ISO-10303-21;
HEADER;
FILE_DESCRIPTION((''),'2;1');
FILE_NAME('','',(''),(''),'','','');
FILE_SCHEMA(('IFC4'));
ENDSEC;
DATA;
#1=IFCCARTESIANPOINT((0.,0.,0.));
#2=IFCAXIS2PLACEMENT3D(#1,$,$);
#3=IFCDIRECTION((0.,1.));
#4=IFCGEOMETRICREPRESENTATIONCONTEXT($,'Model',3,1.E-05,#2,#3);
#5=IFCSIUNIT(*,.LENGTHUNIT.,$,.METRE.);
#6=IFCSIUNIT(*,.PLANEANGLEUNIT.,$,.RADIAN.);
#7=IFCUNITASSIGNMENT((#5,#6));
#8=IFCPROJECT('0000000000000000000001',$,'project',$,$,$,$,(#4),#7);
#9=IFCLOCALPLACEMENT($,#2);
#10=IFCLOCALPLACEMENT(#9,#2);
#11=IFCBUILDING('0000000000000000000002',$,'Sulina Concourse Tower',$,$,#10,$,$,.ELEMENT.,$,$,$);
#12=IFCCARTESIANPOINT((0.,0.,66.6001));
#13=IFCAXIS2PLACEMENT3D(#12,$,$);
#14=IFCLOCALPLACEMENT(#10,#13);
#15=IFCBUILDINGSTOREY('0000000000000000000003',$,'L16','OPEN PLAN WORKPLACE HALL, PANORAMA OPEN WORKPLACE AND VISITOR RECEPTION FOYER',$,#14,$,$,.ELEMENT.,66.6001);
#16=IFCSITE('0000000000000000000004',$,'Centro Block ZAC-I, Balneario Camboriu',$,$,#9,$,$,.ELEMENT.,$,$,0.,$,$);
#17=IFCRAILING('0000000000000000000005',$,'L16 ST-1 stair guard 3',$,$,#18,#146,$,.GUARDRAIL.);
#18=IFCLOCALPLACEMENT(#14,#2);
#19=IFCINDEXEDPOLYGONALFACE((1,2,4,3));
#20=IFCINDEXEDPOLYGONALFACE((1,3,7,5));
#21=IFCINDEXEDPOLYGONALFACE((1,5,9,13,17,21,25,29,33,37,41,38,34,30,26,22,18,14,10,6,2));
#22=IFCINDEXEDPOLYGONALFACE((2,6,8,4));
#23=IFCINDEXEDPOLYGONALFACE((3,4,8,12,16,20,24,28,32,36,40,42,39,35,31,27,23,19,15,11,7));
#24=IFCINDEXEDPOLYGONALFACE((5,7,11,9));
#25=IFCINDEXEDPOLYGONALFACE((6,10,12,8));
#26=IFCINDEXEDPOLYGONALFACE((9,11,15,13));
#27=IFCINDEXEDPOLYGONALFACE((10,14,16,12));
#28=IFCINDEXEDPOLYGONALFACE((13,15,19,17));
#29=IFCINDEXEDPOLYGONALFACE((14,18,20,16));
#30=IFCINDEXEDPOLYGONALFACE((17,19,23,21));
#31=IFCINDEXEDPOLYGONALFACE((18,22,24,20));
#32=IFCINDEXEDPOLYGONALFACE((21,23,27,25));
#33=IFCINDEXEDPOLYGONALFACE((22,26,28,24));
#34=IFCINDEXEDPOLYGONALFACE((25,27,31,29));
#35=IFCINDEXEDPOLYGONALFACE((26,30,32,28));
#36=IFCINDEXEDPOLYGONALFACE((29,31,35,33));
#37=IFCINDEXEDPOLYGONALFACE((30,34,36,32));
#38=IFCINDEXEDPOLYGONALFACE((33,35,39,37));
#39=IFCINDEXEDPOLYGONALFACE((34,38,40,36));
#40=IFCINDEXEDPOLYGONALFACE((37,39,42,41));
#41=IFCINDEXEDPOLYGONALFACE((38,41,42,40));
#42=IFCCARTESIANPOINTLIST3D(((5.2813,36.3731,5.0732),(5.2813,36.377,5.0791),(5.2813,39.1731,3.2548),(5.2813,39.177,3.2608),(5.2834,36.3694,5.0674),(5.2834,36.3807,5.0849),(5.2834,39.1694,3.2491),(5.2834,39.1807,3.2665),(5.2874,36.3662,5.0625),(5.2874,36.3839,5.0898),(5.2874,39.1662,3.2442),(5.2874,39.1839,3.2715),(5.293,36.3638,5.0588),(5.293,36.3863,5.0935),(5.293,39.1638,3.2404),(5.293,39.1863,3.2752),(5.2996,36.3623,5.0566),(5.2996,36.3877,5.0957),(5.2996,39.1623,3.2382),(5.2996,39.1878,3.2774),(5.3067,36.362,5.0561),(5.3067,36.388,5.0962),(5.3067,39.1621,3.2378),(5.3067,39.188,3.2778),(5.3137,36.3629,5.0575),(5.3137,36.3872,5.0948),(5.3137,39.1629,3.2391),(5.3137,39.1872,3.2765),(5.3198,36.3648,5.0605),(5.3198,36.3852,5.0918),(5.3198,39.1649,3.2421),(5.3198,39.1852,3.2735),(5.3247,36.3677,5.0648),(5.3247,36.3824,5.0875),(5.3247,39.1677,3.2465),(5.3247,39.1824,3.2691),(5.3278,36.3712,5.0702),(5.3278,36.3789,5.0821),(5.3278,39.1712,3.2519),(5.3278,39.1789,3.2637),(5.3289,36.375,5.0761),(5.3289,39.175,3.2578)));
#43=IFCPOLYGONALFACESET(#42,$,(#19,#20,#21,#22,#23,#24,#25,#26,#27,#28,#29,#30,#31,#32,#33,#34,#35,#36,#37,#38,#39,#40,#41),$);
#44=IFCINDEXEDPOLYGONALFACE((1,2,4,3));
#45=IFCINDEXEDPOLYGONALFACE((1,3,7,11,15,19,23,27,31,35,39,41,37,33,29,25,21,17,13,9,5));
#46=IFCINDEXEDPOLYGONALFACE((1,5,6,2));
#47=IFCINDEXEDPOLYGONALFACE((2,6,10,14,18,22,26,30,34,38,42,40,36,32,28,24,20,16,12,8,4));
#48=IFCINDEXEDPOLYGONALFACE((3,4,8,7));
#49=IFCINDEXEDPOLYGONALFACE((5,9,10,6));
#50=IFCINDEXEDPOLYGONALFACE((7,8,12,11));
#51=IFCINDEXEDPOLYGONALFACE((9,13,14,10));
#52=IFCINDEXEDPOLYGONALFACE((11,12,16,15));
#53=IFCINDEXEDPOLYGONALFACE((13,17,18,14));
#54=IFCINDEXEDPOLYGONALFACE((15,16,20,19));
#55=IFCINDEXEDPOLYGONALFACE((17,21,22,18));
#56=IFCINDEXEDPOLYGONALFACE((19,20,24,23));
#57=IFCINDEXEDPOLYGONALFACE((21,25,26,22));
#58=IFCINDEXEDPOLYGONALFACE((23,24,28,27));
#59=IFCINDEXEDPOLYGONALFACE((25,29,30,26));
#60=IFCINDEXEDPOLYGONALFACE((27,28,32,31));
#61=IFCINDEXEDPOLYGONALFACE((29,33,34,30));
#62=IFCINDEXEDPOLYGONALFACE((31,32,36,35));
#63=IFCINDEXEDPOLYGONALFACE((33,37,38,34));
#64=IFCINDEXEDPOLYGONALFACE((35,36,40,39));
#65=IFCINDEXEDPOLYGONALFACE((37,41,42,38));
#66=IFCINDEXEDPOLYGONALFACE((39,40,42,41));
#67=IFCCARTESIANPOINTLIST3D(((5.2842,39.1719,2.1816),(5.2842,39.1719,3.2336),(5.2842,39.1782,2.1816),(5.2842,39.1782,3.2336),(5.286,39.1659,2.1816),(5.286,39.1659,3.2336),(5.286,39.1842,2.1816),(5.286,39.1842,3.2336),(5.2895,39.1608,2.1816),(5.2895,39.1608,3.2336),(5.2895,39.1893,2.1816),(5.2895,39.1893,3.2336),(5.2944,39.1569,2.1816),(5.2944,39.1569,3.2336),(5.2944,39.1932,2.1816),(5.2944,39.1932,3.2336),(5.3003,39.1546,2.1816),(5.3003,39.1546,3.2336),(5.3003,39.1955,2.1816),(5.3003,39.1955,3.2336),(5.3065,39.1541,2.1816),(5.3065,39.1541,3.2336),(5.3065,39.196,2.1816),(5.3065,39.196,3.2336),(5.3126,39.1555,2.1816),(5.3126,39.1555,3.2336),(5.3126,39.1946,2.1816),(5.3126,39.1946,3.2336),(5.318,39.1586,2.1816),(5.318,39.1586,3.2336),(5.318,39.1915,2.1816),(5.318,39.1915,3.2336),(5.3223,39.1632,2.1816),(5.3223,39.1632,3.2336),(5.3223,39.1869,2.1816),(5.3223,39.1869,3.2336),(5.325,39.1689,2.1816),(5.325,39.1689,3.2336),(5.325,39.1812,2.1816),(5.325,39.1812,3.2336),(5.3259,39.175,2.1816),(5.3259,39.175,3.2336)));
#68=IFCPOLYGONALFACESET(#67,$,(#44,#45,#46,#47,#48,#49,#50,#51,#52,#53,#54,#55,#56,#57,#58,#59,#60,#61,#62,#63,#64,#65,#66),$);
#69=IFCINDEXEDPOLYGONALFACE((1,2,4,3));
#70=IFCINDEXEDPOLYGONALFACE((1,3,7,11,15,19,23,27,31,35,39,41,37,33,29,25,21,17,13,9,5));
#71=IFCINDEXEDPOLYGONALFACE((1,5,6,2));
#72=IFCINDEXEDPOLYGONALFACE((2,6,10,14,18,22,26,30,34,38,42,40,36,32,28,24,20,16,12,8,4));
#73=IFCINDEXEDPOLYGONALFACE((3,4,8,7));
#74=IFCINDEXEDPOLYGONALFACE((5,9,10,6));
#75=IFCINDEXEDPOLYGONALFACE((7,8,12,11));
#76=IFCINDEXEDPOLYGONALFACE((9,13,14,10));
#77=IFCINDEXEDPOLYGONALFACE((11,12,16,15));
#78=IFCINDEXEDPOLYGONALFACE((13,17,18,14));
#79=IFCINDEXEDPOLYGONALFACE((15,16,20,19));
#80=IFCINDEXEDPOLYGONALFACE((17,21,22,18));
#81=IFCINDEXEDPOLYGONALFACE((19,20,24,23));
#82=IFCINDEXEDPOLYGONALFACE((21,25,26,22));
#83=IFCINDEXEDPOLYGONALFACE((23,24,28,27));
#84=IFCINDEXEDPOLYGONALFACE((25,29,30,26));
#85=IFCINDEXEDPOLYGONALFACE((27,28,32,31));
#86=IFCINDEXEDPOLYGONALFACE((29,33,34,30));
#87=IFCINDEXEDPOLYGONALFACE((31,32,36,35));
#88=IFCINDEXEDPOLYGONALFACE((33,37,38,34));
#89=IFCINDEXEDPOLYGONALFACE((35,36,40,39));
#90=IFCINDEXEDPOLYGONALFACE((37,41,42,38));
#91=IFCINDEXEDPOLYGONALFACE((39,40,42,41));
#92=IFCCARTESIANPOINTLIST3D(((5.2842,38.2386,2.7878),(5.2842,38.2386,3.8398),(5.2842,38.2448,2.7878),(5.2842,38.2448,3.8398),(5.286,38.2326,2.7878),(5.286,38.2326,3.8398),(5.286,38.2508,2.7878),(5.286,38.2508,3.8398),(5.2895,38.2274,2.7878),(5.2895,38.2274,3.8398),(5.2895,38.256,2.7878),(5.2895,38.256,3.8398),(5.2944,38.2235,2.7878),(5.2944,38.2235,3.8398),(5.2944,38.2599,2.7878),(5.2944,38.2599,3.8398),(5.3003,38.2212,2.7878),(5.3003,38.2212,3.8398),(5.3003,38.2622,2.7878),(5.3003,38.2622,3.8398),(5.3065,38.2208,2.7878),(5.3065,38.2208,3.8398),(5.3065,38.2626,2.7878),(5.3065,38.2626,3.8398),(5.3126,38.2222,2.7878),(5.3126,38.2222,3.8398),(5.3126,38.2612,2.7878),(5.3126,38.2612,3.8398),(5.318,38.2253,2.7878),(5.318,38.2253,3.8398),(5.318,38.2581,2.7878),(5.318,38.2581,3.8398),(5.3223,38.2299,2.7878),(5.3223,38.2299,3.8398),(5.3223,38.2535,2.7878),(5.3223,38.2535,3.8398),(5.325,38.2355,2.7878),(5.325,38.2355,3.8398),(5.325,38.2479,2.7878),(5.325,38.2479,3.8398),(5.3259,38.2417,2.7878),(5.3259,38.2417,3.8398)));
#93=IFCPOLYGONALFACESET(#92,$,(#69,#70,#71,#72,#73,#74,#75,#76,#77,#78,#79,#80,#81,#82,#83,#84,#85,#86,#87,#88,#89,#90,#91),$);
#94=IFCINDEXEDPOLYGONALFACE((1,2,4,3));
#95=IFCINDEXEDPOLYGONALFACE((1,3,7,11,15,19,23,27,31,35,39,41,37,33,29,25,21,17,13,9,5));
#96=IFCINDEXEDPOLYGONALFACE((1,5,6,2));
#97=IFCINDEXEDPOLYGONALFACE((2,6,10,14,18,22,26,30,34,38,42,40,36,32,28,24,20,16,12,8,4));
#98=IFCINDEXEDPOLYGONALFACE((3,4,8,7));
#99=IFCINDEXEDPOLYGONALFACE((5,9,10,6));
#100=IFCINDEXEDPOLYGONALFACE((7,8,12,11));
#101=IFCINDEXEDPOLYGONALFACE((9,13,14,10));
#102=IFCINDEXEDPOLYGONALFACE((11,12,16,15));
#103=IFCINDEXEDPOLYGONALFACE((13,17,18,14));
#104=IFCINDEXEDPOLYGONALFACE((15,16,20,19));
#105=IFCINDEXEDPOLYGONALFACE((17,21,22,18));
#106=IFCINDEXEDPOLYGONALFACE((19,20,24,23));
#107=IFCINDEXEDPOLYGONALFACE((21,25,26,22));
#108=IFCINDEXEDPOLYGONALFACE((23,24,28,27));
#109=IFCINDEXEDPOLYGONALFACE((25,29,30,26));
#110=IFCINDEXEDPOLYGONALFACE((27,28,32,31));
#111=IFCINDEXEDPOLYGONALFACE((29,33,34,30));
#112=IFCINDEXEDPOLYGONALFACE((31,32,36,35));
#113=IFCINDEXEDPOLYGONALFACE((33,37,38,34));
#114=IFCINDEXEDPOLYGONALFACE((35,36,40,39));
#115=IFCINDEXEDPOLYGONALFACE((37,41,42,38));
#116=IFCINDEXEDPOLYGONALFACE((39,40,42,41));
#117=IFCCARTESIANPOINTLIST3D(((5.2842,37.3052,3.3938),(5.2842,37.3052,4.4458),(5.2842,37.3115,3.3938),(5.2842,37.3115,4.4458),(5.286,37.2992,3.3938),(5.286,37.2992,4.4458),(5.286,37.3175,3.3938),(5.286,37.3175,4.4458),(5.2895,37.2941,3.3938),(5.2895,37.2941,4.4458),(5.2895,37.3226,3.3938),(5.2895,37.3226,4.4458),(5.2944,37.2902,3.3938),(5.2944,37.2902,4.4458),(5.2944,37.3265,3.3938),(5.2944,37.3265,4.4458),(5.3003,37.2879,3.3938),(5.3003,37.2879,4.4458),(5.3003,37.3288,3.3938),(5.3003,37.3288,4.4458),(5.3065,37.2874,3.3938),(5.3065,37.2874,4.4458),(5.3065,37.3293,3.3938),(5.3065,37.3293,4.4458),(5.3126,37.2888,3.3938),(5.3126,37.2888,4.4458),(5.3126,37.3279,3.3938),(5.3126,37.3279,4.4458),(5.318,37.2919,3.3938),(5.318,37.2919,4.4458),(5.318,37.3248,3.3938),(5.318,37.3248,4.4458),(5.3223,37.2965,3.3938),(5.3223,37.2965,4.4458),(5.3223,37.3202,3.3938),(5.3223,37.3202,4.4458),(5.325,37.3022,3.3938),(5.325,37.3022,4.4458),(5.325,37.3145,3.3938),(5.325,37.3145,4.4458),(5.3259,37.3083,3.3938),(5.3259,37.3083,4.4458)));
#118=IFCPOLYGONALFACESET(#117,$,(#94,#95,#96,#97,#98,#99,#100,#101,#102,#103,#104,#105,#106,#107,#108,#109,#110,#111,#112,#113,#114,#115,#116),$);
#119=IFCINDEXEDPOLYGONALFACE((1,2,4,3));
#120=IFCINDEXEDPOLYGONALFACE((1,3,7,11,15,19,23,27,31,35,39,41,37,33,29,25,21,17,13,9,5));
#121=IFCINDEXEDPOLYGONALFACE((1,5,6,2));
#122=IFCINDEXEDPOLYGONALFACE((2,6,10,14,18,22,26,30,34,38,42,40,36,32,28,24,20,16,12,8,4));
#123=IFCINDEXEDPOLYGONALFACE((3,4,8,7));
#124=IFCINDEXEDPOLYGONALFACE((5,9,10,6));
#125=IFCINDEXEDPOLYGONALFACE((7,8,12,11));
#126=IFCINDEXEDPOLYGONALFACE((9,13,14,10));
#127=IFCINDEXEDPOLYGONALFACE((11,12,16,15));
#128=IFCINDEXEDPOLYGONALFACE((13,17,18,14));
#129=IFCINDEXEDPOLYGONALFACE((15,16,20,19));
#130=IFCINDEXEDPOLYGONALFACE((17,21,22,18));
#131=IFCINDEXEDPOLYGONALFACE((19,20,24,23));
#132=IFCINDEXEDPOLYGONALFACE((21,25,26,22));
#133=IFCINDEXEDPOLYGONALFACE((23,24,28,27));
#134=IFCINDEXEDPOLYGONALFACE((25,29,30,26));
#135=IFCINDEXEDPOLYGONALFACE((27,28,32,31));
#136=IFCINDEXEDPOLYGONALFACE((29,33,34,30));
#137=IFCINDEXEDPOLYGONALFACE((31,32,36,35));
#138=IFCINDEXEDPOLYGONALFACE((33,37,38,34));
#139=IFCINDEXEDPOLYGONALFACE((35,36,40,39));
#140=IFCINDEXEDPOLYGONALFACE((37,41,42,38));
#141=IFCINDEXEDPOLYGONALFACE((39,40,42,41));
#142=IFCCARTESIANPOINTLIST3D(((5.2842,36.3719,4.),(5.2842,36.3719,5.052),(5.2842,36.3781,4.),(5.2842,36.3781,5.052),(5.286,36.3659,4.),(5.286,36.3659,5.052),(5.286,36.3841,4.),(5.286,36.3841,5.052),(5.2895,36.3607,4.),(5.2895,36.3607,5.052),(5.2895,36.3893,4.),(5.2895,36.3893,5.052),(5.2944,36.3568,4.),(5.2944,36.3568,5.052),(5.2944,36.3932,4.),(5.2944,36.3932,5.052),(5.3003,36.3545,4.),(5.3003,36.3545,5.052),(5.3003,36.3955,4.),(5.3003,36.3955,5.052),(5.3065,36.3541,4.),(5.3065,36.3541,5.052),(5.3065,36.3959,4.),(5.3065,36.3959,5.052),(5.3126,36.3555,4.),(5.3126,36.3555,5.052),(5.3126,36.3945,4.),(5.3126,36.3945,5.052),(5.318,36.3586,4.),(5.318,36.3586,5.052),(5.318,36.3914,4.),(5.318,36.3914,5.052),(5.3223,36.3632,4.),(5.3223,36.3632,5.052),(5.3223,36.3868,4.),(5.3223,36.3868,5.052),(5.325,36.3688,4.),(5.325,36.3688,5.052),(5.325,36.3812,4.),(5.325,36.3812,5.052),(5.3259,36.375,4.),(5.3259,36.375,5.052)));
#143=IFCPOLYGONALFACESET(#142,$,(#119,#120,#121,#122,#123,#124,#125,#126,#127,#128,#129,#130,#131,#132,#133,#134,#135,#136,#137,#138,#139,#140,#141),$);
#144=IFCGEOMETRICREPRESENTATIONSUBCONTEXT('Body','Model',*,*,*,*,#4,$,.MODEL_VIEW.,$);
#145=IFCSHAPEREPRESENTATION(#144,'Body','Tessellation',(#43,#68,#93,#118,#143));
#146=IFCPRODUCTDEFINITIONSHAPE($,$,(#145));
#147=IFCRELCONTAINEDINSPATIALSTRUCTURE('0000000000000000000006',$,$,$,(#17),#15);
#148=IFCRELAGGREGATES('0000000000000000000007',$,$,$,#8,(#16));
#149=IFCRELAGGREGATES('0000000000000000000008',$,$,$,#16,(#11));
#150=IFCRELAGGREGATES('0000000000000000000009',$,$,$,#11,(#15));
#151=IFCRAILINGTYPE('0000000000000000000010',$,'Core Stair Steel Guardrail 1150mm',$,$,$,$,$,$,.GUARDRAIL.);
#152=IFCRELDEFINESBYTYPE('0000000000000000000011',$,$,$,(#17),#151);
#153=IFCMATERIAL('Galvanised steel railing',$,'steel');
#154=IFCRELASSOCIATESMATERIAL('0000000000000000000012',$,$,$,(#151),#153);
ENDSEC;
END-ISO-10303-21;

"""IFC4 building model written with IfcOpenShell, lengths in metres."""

from ifc_helpers import new_model, si_unit, direction, frame, origin, origin_2d, place, context, subcontext, project, spatial, circle, extrude, material, type_object, element, save


model = new_model("IFC4")

# Units and contexts
model_context = context("Model", 3, precision=1e-05, world=origin(), true_north=direction((0.0, 1.0)))
body_context = subcontext(model_context, "Body", "Model", "MODEL_VIEW")
ifc_project = project(units=[si_unit("LENGTHUNIT", "METRE"), si_unit("PLANEANGLEUNIT", "RADIAN")], contexts=[model_context])

# Site, building, storey
site_placement = place(None, origin())
site = spatial("IfcSite", under=ifc_project, at=site_placement, Name="Centro Block ZAC-I, Balneario Camboriu", CompositionType="ELEMENT", RefElevation=0.0)
building_placement = place(site_placement, origin())
building = spatial("IfcBuilding", under=site, at=building_placement, Name="Sulina Concourse Tower", CompositionType="ELEMENT")
storey_placement = place(building_placement, frame((0.0, 0.0, 66.6001)))
storey = spatial("IfcBuildingStorey", under=building, at=storey_placement, Name="L16", Description="OPEN PLAN WORKPLACE HALL, PANORAMA OPEN WORKPLACE AND VISITOR RECEPTION FOYER", CompositionType="ELEMENT", Elevation=66.6001)

# Railing
ifc_material_1 = material(Name="Galvanised steel railing", Category="steel")
railing_type_1 = type_object("IfcRailingType", Name="Core Stair Steel Guardrail 1150mm", PredefinedType="GUARDRAIL", material=ifc_material_1)
railing_1_placement = place(storey_placement, frame((5.3049, 39.175, 2.1816)))
element("IfcRailing", 1, at=railing_1_placement, inside=storey, type_object=railing_type_1, Name="L16 ST-1 stair guard 3", PredefinedType="GUARDRAIL", context=body_context, shape_type="SweptSolid", body=[
    extrude(circle(Radius=0.0239, at=origin_2d()), frame((0.0, 0.0, 1.0762), z_axis=(0.0, -0.838672, 0.544636), x_axis=(1.0, 0.0, 0.0)), (0.0, 0.0, 1.0), 3.3386),
    extrude(circle(Radius=0.021, at=origin_2d()), origin(), (0.0, 0.0, 1.0), 1.052),
    extrude(circle(Radius=0.021, at=origin_2d()), frame((0.0, -0.9333, 0.6062)), (0.0, 0.0, 1.0), 1.052),
    extrude(circle(Radius=0.021, at=origin_2d()), frame((0.0, -1.8667, 1.2122)), (0.0, 0.0, 1.0), 1.052),
    extrude(circle(Radius=0.021, at=origin_2d()), frame((0.0, -2.8, 1.8184)), (0.0, 0.0, 1.0), 1.052),
])

save(model, "model.ifc")
